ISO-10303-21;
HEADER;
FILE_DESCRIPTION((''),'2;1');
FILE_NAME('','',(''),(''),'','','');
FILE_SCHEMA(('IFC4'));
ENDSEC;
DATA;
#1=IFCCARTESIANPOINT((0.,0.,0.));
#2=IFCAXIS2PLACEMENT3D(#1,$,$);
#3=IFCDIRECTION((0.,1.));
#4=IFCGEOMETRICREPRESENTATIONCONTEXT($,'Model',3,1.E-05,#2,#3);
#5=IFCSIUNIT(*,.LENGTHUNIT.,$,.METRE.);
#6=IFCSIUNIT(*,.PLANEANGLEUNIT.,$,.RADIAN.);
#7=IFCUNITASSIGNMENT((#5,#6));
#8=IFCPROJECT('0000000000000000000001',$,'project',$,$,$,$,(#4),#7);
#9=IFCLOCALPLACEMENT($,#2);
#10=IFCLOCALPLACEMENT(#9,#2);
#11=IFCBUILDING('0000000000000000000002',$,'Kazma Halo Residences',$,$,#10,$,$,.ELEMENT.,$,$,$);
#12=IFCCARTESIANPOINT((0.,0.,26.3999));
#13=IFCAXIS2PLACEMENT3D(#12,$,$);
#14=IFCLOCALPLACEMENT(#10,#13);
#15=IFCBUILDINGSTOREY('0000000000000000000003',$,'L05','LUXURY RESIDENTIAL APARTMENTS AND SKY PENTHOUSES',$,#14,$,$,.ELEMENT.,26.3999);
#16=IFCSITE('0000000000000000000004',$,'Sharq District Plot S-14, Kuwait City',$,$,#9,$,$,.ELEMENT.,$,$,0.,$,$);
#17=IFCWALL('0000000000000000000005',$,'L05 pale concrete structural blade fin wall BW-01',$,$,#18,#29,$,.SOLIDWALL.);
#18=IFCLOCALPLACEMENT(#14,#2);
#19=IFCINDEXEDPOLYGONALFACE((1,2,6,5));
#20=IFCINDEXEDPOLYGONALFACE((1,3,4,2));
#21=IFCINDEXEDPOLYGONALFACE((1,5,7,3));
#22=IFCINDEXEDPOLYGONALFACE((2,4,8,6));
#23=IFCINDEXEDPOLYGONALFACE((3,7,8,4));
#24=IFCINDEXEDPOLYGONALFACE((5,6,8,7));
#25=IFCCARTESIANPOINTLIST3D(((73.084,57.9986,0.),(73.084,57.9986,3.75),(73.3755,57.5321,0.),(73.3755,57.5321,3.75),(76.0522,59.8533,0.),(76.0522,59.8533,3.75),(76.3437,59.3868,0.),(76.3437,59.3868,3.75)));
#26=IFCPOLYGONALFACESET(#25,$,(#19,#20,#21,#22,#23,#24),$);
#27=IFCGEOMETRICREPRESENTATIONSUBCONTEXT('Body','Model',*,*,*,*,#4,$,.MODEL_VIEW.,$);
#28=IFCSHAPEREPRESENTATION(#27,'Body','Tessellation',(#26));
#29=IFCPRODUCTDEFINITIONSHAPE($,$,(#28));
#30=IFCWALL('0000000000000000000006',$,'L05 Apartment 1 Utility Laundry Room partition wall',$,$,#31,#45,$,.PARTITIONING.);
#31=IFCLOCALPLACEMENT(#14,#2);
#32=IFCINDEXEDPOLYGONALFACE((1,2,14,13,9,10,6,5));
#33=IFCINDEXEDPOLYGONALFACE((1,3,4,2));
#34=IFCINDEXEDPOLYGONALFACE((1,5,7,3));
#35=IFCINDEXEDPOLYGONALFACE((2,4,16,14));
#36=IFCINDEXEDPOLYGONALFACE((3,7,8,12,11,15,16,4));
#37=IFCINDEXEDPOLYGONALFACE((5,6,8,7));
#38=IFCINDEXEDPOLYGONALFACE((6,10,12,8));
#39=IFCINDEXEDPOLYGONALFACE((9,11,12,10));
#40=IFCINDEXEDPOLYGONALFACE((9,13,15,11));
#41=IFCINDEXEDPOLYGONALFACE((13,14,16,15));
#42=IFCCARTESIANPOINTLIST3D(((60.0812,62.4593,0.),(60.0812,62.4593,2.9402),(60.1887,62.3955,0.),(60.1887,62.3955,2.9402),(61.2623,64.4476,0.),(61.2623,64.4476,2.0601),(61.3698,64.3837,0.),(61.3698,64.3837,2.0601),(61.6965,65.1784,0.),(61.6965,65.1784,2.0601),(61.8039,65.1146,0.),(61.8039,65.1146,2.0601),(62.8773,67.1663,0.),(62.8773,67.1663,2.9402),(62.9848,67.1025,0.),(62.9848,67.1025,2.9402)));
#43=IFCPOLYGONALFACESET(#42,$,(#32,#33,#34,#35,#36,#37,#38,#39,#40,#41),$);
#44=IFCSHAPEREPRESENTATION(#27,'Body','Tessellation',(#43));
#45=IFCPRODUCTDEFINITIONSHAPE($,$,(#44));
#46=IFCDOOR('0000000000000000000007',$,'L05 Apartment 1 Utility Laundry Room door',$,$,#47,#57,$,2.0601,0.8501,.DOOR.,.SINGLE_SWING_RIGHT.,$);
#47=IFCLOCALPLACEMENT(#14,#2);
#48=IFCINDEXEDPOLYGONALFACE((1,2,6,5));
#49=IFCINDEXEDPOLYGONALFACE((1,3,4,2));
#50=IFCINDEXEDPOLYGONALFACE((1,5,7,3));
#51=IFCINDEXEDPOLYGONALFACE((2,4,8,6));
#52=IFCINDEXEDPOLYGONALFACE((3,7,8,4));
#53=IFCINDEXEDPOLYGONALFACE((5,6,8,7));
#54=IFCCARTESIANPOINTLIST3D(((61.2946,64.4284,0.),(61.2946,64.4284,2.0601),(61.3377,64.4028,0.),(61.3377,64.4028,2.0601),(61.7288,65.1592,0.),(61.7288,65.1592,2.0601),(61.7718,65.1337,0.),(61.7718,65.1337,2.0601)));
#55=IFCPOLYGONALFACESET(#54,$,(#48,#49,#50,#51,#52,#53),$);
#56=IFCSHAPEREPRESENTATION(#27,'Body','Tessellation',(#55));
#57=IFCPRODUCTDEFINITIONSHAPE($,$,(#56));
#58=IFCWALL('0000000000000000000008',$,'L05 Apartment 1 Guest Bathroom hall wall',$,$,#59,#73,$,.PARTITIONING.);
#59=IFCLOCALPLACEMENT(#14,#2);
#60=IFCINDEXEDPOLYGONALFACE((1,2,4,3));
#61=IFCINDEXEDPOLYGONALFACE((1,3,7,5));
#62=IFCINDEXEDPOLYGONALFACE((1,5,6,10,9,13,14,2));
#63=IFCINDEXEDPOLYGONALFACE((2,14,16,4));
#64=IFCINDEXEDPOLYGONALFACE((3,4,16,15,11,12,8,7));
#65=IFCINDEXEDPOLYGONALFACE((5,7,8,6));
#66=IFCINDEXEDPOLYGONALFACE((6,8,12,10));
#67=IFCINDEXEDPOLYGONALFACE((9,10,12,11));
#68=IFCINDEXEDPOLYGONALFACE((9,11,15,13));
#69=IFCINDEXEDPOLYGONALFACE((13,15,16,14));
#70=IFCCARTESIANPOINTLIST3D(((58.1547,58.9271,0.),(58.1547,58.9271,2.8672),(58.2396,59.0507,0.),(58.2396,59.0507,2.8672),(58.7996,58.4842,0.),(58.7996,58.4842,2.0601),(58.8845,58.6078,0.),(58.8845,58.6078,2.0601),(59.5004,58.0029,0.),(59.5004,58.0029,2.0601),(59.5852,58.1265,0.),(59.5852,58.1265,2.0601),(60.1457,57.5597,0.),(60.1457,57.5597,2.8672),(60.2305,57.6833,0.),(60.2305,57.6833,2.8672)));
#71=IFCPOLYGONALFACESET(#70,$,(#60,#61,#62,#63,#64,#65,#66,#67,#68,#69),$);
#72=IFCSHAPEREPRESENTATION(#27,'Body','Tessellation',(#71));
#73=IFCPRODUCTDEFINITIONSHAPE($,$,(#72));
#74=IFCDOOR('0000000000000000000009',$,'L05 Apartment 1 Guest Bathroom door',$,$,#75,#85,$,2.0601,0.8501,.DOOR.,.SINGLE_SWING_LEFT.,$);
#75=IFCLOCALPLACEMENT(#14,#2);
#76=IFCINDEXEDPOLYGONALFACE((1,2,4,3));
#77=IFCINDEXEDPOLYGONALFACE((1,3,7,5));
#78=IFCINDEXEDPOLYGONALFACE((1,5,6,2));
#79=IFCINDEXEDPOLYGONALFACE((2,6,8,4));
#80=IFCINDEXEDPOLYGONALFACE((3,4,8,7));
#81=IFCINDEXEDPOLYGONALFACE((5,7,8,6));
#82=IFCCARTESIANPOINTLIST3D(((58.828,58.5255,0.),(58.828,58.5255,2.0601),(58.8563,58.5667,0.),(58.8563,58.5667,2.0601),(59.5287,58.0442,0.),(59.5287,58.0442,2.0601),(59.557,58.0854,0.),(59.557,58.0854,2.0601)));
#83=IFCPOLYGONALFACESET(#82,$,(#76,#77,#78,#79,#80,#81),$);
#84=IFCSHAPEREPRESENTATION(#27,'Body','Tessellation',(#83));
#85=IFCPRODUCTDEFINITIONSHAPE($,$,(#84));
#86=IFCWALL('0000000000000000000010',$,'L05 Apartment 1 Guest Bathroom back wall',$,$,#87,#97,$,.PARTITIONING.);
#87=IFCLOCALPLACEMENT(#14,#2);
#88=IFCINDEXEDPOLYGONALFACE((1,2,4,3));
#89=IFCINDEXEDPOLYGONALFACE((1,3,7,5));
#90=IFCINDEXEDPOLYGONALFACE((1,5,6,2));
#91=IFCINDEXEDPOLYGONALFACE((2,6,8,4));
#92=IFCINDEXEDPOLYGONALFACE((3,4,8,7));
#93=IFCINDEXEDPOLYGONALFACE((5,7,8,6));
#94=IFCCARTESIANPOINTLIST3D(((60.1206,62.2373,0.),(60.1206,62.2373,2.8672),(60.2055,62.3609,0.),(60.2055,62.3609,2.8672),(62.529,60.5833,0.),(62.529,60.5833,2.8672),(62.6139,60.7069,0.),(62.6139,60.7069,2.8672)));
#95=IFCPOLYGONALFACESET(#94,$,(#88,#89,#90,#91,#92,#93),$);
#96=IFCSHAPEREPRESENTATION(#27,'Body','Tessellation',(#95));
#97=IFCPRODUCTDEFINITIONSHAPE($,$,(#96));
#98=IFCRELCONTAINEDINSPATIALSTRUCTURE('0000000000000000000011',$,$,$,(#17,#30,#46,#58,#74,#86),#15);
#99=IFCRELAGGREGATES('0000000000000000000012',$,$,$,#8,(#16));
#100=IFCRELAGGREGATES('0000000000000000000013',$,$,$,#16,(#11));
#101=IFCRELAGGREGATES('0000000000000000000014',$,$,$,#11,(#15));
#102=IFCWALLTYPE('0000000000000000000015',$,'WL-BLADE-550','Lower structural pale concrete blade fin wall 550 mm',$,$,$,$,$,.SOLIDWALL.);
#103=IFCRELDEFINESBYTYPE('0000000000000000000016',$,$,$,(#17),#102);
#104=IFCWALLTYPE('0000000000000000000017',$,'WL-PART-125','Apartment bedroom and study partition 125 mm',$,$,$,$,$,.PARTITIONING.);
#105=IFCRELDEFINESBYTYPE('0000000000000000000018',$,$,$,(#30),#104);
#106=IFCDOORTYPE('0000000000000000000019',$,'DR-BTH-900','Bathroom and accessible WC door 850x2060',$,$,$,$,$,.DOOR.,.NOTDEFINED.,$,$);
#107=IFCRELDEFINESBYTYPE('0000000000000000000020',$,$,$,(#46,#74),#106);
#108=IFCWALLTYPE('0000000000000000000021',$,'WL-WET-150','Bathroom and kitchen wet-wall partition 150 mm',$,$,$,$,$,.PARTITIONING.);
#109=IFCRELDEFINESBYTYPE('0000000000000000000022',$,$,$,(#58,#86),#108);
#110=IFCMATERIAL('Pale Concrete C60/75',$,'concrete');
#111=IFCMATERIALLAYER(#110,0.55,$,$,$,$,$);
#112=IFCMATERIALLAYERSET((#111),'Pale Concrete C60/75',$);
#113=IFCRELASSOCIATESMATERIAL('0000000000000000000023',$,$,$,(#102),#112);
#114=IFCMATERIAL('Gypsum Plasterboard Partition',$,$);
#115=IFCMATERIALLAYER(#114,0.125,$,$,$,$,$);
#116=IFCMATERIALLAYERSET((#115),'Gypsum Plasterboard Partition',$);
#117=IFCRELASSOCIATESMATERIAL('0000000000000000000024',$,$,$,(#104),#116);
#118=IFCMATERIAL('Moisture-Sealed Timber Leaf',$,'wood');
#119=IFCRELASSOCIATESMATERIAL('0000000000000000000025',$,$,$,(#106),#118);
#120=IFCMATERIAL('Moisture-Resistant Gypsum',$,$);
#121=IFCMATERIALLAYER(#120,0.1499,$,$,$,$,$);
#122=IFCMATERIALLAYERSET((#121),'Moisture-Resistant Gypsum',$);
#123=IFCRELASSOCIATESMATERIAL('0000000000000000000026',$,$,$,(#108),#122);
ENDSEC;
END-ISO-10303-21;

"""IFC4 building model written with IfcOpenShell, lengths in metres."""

from ifc_helpers import new_model, si_unit, direction, frame, frame_2d, origin, place, context, subcontext, project, spatial, rectangle, extrude, material, layer, layer_set, type_object, element, fill, save


model = new_model("IFC4")

# Units and contexts
model_context = context("Model", 3, precision=1e-05, world=origin(), true_north=direction((0.0, 1.0)))
body_context = subcontext(model_context, "Body", "Model", "MODEL_VIEW")
ifc_project = project(units=[si_unit("LENGTHUNIT", "METRE"), si_unit("PLANEANGLEUNIT", "RADIAN")], contexts=[model_context])

# Site, building, storey
site_placement = place(None, origin())
site = spatial("IfcSite", under=ifc_project, at=site_placement, Name="Sharq District Plot S-14, Kuwait City", CompositionType="ELEMENT", RefElevation=0.0)
building_placement = place(site_placement, origin())
building = spatial("IfcBuilding", under=site, at=building_placement, Name="Kazma Halo Residences", CompositionType="ELEMENT")
storey_placement = place(building_placement, frame((0.0, 0.0, 26.3999)))
storey = spatial("IfcBuildingStorey", under=building, at=storey_placement, Name="L05", Description="LUXURY RESIDENTIAL APARTMENTS AND SKY PENTHOUSES", CompositionType="ELEMENT", Elevation=26.3999)

# Wall
ifc_material_1 = material(Name="Pale Concrete C60/75", Category="concrete")
ifc_layer_1 = layer(ifc_material_1, 0.55)
ifc_layer_set_1 = layer_set([ifc_layer_1], Name="Pale Concrete C60/75")
wall_type_1 = type_object("IfcWallType", Name="WL-BLADE-550", Description="Lower structural pale concrete blade fin wall 550 mm", PredefinedType="SOLIDWALL", material=ifc_layer_set_1)
wall_1_placement = place(storey_placement, frame((73.2297, 57.7654, 0.0), z_axis=(0.0, 0.0, 1.0), x_axis=(0.848053, 0.529911, 0.0)))
element("IfcWall", 1, at=wall_1_placement, inside=storey, type_object=wall_type_1, Name="L05 pale concrete structural blade fin wall BW-01", PredefinedType="SOLIDWALL", context=body_context, shape_type="SweptSolid", body=[
    extrude(rectangle(XDim=3.5, YDim=0.55, at=frame_2d((1.75, 0.0))), origin(), (0.0, 0.0, 1.0), 3.75),
])

# Walls, openings, doors
ifc_material_2 = material(Name="Gypsum Plasterboard Partition")
ifc_layer_2 = layer(ifc_material_2, 0.125)
ifc_layer_set_2 = layer_set([ifc_layer_2], Name="Gypsum Plasterboard Partition")
wall_type_2 = type_object("IfcWallType", Name="WL-PART-125", Description="Apartment bedroom and study partition 125 mm", PredefinedType="PARTITIONING", material=ifc_layer_set_2)
wall_2_placement = place(storey_placement, frame((60.135, 62.4275, 0.0), z_axis=(0.0, 0.0, 1.0), x_axis=(0.51072, 0.859747, 0.0)))
wall_2 = element("IfcWall", 2, at=wall_2_placement, inside=storey, type_object=wall_type_2, Name="L05 Apartment 1 Utility Laundry Room partition wall", PredefinedType="PARTITIONING", context=body_context, shape_type="SweptSolid", body=[
    extrude(rectangle(XDim=5.4749, YDim=0.125, at=frame_2d((2.7373, 0.0))), origin(), (0.0, 0.0, 1.0), 2.9402),
])
opening_1_placement = place(wall_2_placement, frame((2.3125, 0.0, 0.0)))
opening_1 = element("IfcOpeningElement", 3, at=opening_1_placement, cuts=wall_2, PredefinedType="OPENING", context=body_context, shape_type="SweptSolid", body=[
    extrude(rectangle(XDim=0.8501, YDim=2.0601, at=frame_2d((0.425, 1.03))), frame((0.0, 0.0725, 0.0), z_axis=(0.0, -1.0, 0.0), x_axis=(1.0, 0.0, 0.0)), (0.0, 0.0, 1.0), 0.145),
])
ifc_material_3 = material(Name="Moisture-Sealed Timber Leaf", Category="wood")
door_type = type_object("IfcDoorType", Name="DR-BTH-900", Description="Bathroom and accessible WC door 850x2060", OperationType="NOTDEFINED", PredefinedType="DOOR", material=ifc_material_3)
door_1_placement = place(opening_1_placement, origin())
door_1 = element("IfcDoor", 4, at=door_1_placement, inside=storey, type_object=door_type, Name="L05 Apartment 1 Utility Laundry Room door", OperationType="SINGLE_SWING_RIGHT", OverallHeight=2.0601, OverallWidth=0.8501, PredefinedType="DOOR", context=body_context, shape_type="SweptSolid", body=[
    extrude(rectangle(XDim=0.8501, YDim=2.0601, at=frame_2d((0.425, 1.03))), frame((0.0, 0.0249, 0.0), z_axis=(0.0, -1.0, 0.0), x_axis=(1.0, 0.0, 0.0)), (0.0, 0.0, 1.0), 0.05),
])
fill(opening_1, door_1)
ifc_material_4 = material(Name="Moisture-Resistant Gypsum")
ifc_layer_3 = layer(ifc_material_4, 0.1499)
ifc_layer_set_3 = layer_set([ifc_layer_3], Name="Moisture-Resistant Gypsum")
wall_type_3 = type_object("IfcWallType", Name="WL-WET-150", Description="Bathroom and kitchen wet-wall partition 150 mm", PredefinedType="PARTITIONING", material=ifc_layer_set_3)
wall_3_placement = place(storey_placement, frame((60.188, 57.6216, 0.0), z_axis=(0.0, 0.0, 1.0), x_axis=(-0.824304, 0.566147, 0.0)))
wall_3 = element("IfcWall", 5, at=wall_3_placement, inside=storey, type_object=wall_type_3, Name="L05 Apartment 1 Guest Bathroom hall wall", PredefinedType="PARTITIONING", context=body_context, shape_type="SweptSolid", body=[
    extrude(rectangle(XDim=2.4153, YDim=0.1499, at=frame_2d((1.2075, 0.0))), origin(), (0.0, 0.0, 1.0), 2.8672),
])
opening_2_placement = place(wall_3_placement, frame((0.7827, 0.0, 0.0)))
opening_2 = element("IfcOpeningElement", 6, at=opening_2_placement, cuts=wall_3, PredefinedType="OPENING", context=body_context, shape_type="SweptSolid", body=[
    extrude(rectangle(XDim=0.8501, YDim=2.0601, at=frame_2d((0.425, 1.03))), frame((0.0, 0.085, 0.0), z_axis=(0.0, -1.0, 0.0), x_axis=(1.0, 0.0, 0.0)), (0.0, 0.0, 1.0), 0.1699),
])
door_2_placement = place(opening_2_placement, origin())
door_2 = element("IfcDoor", 7, at=door_2_placement, inside=storey, type_object=door_type, Name="L05 Apartment 1 Guest Bathroom door", OperationType="SINGLE_SWING_LEFT", OverallHeight=2.0601, OverallWidth=0.8501, PredefinedType="DOOR", context=body_context, shape_type="SweptSolid", body=[
    extrude(rectangle(XDim=0.8501, YDim=2.0601, at=frame_2d((0.425, 1.03))), frame((0.0, 0.0249, 0.0), z_axis=(0.0, -1.0, 0.0), x_axis=(1.0, 0.0, 0.0)), (0.0, 0.0, 1.0), 0.05),
])
fill(opening_2, door_2)

# Wall
wall_4_placement = place(storey_placement, frame((62.5715, 60.645, 0.0), z_axis=(0.0, 0.0, 1.0), x_axis=(-0.824322, 0.566121, 0.0)))
element("IfcWall", 8, at=wall_4_placement, inside=storey, type_object=wall_type_3, Name="L05 Apartment 1 Guest Bathroom back wall", PredefinedType="PARTITIONING", context=body_context, shape_type="SweptSolid", body=[
    extrude(rectangle(XDim=2.9216, YDim=0.1499, at=frame_2d((1.4609, 0.0))), origin(), (0.0, 0.0, 1.0), 2.8672),
])

save(model, "model.ifc")
